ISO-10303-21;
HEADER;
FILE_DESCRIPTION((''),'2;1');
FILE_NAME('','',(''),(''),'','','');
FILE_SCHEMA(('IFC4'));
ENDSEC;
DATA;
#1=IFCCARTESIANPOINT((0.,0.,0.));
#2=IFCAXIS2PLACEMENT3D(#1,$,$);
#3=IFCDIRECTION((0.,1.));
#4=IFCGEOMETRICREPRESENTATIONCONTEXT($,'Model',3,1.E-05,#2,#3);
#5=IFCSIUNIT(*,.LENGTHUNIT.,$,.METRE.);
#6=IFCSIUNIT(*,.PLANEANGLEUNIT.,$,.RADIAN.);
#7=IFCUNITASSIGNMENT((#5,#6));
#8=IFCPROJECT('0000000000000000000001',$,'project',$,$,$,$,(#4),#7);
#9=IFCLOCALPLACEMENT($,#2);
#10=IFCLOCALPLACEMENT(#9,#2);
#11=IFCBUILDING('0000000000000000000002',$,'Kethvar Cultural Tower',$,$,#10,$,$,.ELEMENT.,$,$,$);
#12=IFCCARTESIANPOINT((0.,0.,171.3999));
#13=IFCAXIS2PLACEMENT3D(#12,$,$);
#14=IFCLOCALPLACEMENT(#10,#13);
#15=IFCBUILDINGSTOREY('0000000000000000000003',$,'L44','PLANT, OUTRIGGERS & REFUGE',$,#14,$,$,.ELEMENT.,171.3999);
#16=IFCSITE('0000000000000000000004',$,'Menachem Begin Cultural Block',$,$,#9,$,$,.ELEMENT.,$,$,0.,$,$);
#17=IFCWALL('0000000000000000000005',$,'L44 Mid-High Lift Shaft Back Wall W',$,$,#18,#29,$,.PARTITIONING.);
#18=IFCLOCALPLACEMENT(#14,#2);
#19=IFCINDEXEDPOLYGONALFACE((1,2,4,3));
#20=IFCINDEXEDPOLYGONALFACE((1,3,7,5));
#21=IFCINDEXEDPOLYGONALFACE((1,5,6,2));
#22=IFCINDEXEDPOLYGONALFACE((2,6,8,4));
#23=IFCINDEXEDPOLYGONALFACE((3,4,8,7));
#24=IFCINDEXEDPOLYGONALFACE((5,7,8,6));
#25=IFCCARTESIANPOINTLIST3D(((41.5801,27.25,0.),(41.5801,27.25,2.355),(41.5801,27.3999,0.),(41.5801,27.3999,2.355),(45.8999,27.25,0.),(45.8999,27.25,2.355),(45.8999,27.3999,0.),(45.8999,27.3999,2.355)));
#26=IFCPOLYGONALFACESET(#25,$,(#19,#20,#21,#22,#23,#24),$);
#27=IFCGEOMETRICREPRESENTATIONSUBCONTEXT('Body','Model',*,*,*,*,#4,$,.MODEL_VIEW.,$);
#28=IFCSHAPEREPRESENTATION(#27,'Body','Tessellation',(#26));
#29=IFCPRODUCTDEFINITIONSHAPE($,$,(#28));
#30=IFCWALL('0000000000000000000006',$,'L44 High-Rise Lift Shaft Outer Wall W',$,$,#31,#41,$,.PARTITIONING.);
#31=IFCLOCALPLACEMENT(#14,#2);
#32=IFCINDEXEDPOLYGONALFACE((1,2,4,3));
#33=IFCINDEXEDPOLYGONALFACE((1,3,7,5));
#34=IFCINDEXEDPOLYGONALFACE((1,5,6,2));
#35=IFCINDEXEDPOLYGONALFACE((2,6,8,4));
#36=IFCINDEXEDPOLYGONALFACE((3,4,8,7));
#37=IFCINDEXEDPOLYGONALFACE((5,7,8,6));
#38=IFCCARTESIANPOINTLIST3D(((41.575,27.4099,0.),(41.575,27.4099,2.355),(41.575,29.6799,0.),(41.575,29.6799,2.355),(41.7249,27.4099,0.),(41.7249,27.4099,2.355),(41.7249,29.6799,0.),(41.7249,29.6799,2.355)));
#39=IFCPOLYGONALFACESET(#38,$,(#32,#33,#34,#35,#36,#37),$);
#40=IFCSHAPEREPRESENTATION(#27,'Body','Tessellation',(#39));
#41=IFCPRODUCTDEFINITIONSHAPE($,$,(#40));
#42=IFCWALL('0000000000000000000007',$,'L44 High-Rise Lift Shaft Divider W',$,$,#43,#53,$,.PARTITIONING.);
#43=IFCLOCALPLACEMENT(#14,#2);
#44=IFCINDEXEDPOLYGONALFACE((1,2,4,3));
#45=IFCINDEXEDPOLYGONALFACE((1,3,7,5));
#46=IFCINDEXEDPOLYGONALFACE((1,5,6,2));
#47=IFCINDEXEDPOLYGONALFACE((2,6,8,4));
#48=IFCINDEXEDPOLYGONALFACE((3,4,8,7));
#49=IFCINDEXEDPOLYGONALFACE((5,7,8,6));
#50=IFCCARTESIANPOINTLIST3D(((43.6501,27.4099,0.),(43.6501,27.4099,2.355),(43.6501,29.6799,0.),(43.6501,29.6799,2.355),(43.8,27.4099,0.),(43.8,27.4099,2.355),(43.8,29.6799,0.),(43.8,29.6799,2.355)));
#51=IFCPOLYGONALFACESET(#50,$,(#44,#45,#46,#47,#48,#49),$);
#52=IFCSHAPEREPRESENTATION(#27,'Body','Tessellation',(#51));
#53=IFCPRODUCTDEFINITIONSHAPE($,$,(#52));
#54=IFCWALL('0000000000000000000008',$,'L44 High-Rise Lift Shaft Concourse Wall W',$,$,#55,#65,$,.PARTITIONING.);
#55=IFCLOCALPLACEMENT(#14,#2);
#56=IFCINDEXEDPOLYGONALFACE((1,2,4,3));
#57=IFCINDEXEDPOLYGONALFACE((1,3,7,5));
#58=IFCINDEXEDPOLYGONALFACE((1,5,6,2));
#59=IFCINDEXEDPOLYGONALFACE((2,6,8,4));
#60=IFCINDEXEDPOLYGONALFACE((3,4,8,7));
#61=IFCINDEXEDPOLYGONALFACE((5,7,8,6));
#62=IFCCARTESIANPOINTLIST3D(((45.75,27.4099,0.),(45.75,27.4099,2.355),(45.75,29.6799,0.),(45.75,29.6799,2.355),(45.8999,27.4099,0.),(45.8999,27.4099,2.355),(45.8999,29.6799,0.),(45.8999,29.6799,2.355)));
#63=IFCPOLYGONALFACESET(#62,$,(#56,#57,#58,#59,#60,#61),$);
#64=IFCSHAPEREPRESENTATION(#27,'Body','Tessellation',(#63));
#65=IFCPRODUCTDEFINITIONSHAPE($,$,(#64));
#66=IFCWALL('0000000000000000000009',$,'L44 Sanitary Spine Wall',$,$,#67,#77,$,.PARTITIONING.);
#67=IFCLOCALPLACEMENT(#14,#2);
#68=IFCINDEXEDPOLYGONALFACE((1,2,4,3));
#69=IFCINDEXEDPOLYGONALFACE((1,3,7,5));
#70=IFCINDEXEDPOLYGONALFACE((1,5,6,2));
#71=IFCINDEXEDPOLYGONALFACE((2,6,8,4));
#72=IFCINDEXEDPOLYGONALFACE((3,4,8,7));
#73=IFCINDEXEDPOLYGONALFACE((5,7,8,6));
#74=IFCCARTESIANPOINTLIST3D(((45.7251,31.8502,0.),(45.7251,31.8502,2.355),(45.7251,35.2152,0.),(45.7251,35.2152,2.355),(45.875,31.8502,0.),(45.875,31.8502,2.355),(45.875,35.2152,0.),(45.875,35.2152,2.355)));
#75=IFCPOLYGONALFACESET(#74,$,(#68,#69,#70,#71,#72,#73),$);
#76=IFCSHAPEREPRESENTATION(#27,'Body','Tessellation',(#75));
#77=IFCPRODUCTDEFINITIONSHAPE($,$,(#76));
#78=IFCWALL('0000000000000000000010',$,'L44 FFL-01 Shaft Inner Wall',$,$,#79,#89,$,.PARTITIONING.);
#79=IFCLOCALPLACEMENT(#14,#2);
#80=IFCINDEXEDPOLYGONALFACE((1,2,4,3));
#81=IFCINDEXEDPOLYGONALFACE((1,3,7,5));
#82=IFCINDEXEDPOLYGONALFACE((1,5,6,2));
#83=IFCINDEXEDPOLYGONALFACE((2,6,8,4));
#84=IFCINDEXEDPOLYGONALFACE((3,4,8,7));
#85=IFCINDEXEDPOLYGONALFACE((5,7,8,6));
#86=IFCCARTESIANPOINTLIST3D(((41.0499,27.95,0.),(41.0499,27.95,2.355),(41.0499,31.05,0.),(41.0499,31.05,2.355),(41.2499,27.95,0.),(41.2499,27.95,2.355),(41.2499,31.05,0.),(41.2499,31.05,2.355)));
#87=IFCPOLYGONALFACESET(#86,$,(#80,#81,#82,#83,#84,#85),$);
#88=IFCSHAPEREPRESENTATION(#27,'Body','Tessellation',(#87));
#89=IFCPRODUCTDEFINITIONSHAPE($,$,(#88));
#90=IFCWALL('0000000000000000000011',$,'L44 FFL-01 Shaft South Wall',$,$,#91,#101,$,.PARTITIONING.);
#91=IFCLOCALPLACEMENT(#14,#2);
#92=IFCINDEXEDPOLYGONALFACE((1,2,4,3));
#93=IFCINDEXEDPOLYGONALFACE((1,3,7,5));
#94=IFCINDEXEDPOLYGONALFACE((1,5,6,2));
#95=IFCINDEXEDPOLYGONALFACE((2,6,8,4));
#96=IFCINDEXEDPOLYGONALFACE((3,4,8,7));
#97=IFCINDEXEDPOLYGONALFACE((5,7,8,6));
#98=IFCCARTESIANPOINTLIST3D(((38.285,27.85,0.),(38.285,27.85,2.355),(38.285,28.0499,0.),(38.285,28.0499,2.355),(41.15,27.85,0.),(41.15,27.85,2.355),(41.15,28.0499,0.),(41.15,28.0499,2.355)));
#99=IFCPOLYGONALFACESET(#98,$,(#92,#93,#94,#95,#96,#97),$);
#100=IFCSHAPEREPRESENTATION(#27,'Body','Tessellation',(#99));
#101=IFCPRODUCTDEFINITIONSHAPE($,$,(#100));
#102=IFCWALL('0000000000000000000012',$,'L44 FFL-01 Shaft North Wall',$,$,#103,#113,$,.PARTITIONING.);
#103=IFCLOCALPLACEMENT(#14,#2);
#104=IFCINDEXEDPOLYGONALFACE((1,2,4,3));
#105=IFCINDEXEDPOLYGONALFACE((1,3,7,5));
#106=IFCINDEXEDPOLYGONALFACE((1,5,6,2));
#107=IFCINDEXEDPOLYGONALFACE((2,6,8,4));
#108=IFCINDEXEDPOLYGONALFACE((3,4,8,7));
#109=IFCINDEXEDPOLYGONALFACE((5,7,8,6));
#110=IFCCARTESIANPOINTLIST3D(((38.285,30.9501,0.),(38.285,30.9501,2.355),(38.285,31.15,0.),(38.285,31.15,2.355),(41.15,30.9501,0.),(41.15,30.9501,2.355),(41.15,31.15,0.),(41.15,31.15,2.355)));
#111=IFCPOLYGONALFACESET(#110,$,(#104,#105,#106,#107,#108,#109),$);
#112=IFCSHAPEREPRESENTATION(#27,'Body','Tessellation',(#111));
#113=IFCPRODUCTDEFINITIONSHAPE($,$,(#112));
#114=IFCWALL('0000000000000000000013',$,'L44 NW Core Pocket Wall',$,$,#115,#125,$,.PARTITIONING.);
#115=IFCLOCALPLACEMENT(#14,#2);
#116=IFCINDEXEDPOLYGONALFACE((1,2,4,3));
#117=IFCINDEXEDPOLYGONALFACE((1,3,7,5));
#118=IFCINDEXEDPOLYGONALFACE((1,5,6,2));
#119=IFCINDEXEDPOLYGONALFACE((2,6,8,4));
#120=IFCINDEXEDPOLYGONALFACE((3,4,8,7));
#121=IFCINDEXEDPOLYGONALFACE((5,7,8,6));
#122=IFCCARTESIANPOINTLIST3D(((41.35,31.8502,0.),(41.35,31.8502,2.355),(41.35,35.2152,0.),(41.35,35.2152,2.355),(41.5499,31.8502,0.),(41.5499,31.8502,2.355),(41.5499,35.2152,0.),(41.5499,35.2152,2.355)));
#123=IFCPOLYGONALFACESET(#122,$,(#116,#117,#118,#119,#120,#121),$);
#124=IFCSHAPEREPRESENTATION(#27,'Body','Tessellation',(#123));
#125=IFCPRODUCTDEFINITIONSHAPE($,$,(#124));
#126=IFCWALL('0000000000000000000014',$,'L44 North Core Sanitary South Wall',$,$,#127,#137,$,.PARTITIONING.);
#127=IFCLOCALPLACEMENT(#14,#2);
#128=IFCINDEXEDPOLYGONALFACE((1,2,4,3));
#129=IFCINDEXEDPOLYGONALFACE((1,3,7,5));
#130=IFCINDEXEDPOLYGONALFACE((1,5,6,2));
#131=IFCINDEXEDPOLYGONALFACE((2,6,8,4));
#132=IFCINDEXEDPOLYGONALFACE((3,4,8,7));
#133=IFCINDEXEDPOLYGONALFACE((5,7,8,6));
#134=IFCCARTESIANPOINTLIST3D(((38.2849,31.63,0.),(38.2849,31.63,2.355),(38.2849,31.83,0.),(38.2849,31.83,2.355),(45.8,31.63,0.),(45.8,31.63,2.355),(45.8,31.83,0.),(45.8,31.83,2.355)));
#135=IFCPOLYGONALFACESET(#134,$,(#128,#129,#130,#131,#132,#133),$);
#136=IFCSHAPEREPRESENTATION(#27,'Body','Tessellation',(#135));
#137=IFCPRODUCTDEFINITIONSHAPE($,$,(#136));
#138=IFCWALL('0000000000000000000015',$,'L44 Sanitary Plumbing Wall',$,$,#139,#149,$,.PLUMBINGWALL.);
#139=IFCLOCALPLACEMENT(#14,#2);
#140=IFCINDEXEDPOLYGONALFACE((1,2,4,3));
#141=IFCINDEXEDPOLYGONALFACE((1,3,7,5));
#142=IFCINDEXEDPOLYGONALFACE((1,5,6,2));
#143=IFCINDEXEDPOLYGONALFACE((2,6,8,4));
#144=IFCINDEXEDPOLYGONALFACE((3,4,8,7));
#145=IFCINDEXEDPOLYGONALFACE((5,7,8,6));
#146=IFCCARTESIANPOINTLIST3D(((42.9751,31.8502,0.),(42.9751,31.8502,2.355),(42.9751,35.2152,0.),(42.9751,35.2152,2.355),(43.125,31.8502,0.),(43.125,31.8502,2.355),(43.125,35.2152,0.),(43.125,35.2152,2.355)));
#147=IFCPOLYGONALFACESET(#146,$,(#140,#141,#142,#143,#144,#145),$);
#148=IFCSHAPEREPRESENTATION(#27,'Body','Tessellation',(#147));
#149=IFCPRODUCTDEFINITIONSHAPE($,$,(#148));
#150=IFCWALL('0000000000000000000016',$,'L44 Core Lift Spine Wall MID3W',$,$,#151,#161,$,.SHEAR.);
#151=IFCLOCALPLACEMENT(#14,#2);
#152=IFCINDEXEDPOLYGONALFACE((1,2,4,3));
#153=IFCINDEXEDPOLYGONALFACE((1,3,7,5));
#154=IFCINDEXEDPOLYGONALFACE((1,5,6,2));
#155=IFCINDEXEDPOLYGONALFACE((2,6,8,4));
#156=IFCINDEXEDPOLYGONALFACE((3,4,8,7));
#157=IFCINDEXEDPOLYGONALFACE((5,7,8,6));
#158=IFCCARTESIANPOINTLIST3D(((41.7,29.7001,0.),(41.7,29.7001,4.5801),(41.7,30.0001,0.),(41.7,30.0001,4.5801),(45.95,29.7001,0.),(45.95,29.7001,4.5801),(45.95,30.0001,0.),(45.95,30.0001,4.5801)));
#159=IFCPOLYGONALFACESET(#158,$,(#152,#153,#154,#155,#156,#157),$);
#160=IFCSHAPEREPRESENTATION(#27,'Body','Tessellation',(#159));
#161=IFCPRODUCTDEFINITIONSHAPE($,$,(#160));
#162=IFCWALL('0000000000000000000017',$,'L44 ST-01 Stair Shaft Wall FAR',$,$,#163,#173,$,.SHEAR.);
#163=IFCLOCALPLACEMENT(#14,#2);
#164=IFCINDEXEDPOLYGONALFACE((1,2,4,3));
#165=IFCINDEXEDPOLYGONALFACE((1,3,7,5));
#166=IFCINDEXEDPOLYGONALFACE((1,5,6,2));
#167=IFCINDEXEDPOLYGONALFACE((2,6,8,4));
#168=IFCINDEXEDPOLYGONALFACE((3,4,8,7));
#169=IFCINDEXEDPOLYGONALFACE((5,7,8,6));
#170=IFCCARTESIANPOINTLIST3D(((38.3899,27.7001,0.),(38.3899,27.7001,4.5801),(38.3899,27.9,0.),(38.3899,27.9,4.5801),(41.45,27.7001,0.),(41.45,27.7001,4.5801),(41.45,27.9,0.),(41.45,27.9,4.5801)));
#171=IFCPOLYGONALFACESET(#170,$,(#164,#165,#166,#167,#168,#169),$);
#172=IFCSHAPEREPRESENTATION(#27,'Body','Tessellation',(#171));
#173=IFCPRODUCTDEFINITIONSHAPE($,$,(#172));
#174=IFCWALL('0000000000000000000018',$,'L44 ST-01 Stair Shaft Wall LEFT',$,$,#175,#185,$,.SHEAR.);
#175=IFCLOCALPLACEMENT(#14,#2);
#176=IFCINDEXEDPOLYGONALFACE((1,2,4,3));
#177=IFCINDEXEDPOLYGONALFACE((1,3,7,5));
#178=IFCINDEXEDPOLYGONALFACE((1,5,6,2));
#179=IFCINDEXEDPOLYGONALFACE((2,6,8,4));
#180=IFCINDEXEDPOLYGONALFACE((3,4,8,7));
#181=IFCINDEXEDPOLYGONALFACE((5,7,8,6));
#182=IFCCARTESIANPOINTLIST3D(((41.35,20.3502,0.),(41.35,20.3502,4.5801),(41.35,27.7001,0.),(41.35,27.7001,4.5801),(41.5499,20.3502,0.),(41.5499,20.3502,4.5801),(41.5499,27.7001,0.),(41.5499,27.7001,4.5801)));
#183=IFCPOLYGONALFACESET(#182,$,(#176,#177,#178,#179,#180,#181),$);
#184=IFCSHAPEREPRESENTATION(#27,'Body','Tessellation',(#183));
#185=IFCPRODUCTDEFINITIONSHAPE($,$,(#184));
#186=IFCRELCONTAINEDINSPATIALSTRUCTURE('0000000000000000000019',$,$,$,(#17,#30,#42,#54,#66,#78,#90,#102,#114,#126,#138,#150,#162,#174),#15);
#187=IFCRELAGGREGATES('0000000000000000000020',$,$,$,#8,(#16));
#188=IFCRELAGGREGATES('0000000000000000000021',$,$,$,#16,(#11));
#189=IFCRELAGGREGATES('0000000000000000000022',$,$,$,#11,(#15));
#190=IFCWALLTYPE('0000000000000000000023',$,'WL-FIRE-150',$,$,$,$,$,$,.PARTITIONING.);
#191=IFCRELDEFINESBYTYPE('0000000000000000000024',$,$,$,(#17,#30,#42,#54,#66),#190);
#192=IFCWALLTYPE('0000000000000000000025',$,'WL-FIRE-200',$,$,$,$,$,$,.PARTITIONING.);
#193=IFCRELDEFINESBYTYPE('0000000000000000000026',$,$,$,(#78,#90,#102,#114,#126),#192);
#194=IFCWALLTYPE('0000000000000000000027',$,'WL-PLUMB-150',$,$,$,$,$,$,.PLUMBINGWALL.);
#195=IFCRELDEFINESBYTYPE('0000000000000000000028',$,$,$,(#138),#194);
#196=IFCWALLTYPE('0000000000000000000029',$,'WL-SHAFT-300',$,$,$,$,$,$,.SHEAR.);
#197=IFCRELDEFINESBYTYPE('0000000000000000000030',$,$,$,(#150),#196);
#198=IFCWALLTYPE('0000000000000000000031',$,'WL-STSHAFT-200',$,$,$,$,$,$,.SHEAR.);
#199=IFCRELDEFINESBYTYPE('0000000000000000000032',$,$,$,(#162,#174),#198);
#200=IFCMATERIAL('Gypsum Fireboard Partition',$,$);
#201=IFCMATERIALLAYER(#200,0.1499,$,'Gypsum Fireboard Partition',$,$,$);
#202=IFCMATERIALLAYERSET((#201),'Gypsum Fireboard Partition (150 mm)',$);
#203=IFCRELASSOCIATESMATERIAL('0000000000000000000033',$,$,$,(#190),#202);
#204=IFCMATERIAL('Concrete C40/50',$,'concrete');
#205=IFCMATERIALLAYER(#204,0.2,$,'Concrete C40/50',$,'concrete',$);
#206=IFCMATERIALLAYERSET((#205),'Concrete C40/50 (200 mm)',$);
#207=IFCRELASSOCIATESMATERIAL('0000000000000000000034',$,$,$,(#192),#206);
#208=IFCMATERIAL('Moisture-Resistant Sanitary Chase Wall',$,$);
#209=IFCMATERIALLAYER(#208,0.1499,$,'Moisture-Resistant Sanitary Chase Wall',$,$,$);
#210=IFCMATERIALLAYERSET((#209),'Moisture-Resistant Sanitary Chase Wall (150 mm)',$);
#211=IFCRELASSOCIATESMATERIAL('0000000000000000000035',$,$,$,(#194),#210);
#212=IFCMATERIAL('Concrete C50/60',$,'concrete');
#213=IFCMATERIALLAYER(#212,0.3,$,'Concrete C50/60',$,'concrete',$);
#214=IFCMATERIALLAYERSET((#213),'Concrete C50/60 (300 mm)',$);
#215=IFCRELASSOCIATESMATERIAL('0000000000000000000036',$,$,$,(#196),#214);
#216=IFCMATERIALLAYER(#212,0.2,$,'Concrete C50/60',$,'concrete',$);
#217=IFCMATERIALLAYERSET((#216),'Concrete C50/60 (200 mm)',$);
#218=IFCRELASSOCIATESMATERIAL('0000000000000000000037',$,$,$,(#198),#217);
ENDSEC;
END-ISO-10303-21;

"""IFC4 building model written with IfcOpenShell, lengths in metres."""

from ifc_helpers import new_model, si_unit, direction, frame, frame_2d, origin, place, context, subcontext, project, spatial, rectangle, extrude, material, layer, layer_set, type_object, element, save


model = new_model("IFC4")

# Units and contexts
model_context = context("Model", 3, precision=1e-05, world=origin(), true_north=direction((0.0, 1.0)))
body_context = subcontext(model_context, "Body", "Model", "MODEL_VIEW")
ifc_project = project(units=[si_unit("LENGTHUNIT", "METRE"), si_unit("PLANEANGLEUNIT", "RADIAN")], contexts=[model_context])

# Site, building, storey
site_placement = place(None, origin())
site = spatial("IfcSite", under=ifc_project, at=site_placement, Name="Menachem Begin Cultural Block", CompositionType="ELEMENT", RefElevation=0.0)
building_placement = place(site_placement, origin())
building = spatial("IfcBuilding", under=site, at=building_placement, Name="Kethvar Cultural Tower", CompositionType="ELEMENT")
storey_placement = place(building_placement, frame((0.0, 0.0, 171.3999)))
storey = spatial("IfcBuildingStorey", under=building, at=storey_placement, Name="L44", Description="PLANT, OUTRIGGERS & REFUGE", CompositionType="ELEMENT", Elevation=171.3999)

# Walls
ifc_material_1 = material(Name="Gypsum Fireboard Partition")
ifc_layer_1 = layer(ifc_material_1, 0.1499, Name="Gypsum Fireboard Partition")
ifc_layer_set_1 = layer_set([ifc_layer_1], Name="Gypsum Fireboard Partition (150 mm)")
wall_type_1 = type_object("IfcWallType", Name="WL-FIRE-150", PredefinedType="PARTITIONING", material=ifc_layer_set_1)
wall_1_placement = place(storey_placement, frame((41.5801, 27.325, 0.0), z_axis=(0.0, 0.0, 1.0), x_axis=(1.0, 0.0, 0.0)))
element("IfcWall", 1, at=wall_1_placement, inside=storey, type_object=wall_type_1, Name="L44 Mid-High Lift Shaft Back Wall W", PredefinedType="PARTITIONING", context=body_context, shape_type="SweptSolid", body=[
    extrude(rectangle(XDim=4.3198, YDim=0.1499, at=frame_2d((2.1599, 0.0))), origin(), (0.0, 0.0, 1.0), 2.355),
])
for number, where, z_axis, x_axis, name in (
    (2, (41.6499, 27.4099, 0.0), (0.0, 0.0, 1.0), (0.0, 1.0, 0.0), "L44 High-Rise Lift Shaft Outer Wall W"),
    (3, (43.7251, 27.4099, 0.0), (0.0, 0.0, 1.0), (0.0, 1.0, 0.0), "L44 High-Rise Lift Shaft Divider W"),
    (4, (45.825, 27.4099, 0.0), (0.0, 0.0, 1.0), (0.0, 1.0, 0.0), "L44 High-Rise Lift Shaft Concourse Wall W"),
):
    element("IfcWall", number, at=place(storey_placement, frame(where, z_axis=z_axis, x_axis=x_axis)), inside=storey, type_object=wall_type_1, Name=name, PredefinedType="PARTITIONING", context=body_context, shape_type="SweptSolid", body=[
        extrude(rectangle(XDim=2.27, YDim=0.1499, at=frame_2d((1.135, 0.0))), origin(), (0.0, 0.0, 1.0), 2.355),
    ])
wall_2_placement = place(storey_placement, frame((45.8, 31.8501, 0.0), z_axis=(0.0, 0.0, 1.0), x_axis=(0.0, 1.0, 0.0)))
element("IfcWall", 5, at=wall_2_placement, inside=storey, type_object=wall_type_1, Name="L44 Sanitary Spine Wall", PredefinedType="PARTITIONING", context=body_context, shape_type="SweptSolid", body=[
    extrude(rectangle(XDim=3.365, YDim=0.1499, at=frame_2d((1.6826, 0.0))), origin(), (0.0, 0.0, 1.0), 2.355),
])
ifc_material_2 = material(Name="Concrete C40/50", Category="concrete")
ifc_layer_2 = layer(ifc_material_2, 0.2, Name="Concrete C40/50", Category="concrete")
ifc_layer_set_2 = layer_set([ifc_layer_2], Name="Concrete C40/50 (200 mm)")
wall_type_2 = type_object("IfcWallType", Name="WL-FIRE-200", PredefinedType="PARTITIONING", material=ifc_layer_set_2)
wall_3_placement = place(storey_placement, frame((41.1499, 27.95, 0.0), z_axis=(0.0, 0.0, 1.0), x_axis=(0.0, 1.0, 0.0)))
element("IfcWall", 6, at=wall_3_placement, inside=storey, type_object=wall_type_2, Name="L44 FFL-01 Shaft Inner Wall", PredefinedType="PARTITIONING", context=body_context, shape_type="SweptSolid", body=[
    extrude(rectangle(XDim=3.1001, YDim=0.2, at=frame_2d((1.55, 0.0))), origin(), (0.0, 0.0, 1.0), 2.355),
])
for number, where, z_axis, x_axis, name in (
    (7, (38.2849, 27.95, 0.0), (0.0, 0.0, 1.0), (1.0, 0.0, 0.0), "L44 FFL-01 Shaft South Wall"),
    (8, (38.2849, 31.05, 0.0), (0.0, 0.0, 1.0), (1.0, 0.0, 0.0), "L44 FFL-01 Shaft North Wall"),
):
    element("IfcWall", number, at=place(storey_placement, frame(where, z_axis=z_axis, x_axis=x_axis)), inside=storey, type_object=wall_type_2, Name=name, PredefinedType="PARTITIONING", context=body_context, shape_type="SweptSolid", body=[
        extrude(rectangle(XDim=2.865, YDim=0.2, at=frame_2d((1.4326, 0.0))), origin(), (0.0, 0.0, 1.0), 2.355),
    ])
wall_4_placement = place(storey_placement, frame((41.45, 31.8501, 0.0), z_axis=(0.0, 0.0, 1.0), x_axis=(0.0, 1.0, 0.0)))
element("IfcWall", 9, at=wall_4_placement, inside=storey, type_object=wall_type_2, Name="L44 NW Core Pocket Wall", PredefinedType="PARTITIONING", context=body_context, shape_type="SweptSolid", body=[
    extrude(rectangle(XDim=3.365, YDim=0.2, at=frame_2d((1.6826, 0.0))), origin(), (0.0, 0.0, 1.0), 2.355),
])
wall_5_placement = place(storey_placement, frame((38.2849, 31.73, 0.0), z_axis=(0.0, 0.0, 1.0), x_axis=(1.0, 0.0, 0.0)))
element("IfcWall", 10, at=wall_5_placement, inside=storey, type_object=wall_type_2, Name="L44 North Core Sanitary South Wall", PredefinedType="PARTITIONING", context=body_context, shape_type="SweptSolid", body=[
    extrude(rectangle(XDim=7.5151, YDim=0.2, at=frame_2d((3.7576, 0.0))), origin(), (0.0, 0.0, 1.0), 2.355),
])
ifc_material_3 = material(Name="Moisture-Resistant Sanitary Chase Wall")
ifc_layer_3 = layer(ifc_material_3, 0.1499, Name="Moisture-Resistant Sanitary Chase Wall")
ifc_layer_set_3 = layer_set([ifc_layer_3], Name="Moisture-Resistant Sanitary Chase Wall (150 mm)")
wall_type_3 = type_object("IfcWallType", Name="WL-PLUMB-150", PredefinedType="PLUMBINGWALL", material=ifc_layer_set_3)
wall_6_placement = place(storey_placement, frame((43.05, 31.8501, 0.0), z_axis=(0.0, 0.0, 1.0), x_axis=(0.0, 1.0, 0.0)))
element("IfcWall", 11, at=wall_6_placement, inside=storey, type_object=wall_type_3, Name="L44 Sanitary Plumbing Wall", PredefinedType="PLUMBINGWALL", context=body_context, shape_type="SweptSolid", body=[
    extrude(rectangle(XDim=3.365, YDim=0.1499, at=frame_2d((1.6826, 0.0))), origin(), (0.0, 0.0, 1.0), 2.355),
])
ifc_material_4 = material(Name="Concrete C50/60", Category="concrete")
ifc_layer_4 = layer(ifc_material_4, 0.3, Name="Concrete C50/60", Category="concrete")
ifc_layer_set_4 = layer_set([ifc_layer_4], Name="Concrete C50/60 (300 mm)")
wall_type_4 = type_object("IfcWallType", Name="WL-SHAFT-300", PredefinedType="SHEAR", material=ifc_layer_set_4)
wall_7_placement = place(storey_placement, frame((41.7, 29.8501, 0.0), z_axis=(0.0, 0.0, 1.0), x_axis=(1.0, 0.0, 0.0)))
element("IfcWall", 12, at=wall_7_placement, inside=storey, type_object=wall_type_4, Name="L44 Core Lift Spine Wall MID3W", PredefinedType="SHEAR", context=body_context, shape_type="SweptSolid", body=[
    extrude(rectangle(XDim=4.25, YDim=0.3, at=frame_2d((2.125, 0.0))), origin(), (0.0, 0.0, 1.0), 4.5801),
])
ifc_layer_5 = layer(ifc_material_4, 0.2, Name="Concrete C50/60", Category="concrete")
ifc_layer_set_5 = layer_set([ifc_layer_5], Name="Concrete C50/60 (200 mm)")
wall_type_5 = type_object("IfcWallType", Name="WL-STSHAFT-200", PredefinedType="SHEAR", material=ifc_layer_set_5)
wall_8_placement = place(storey_placement, frame((38.3899, 27.8, 0.0), z_axis=(0.0, 0.0, 1.0), x_axis=(1.0, 0.0, 0.0)))
element("IfcWall", 13, at=wall_8_placement, inside=storey, type_object=wall_type_5, Name="L44 ST-01 Stair Shaft Wall FAR", PredefinedType="SHEAR", context=body_context, shape_type="SweptSolid", body=[
    extrude(rectangle(XDim=3.0601, YDim=0.2, at=frame_2d((1.53, 0.0))), origin(), (0.0, 0.0, 1.0), 4.5801),
])
wall_9_placement = place(storey_placement, frame((41.45, 27.7, 0.0), z_axis=(0.0, 0.0, 1.0), x_axis=(0.0, -1.0, 0.0)))
element("IfcWall", 14, at=wall_9_placement, inside=storey, type_object=wall_type_5, Name="L44 ST-01 Stair Shaft Wall LEFT", PredefinedType="SHEAR", context=body_context, shape_type="SweptSolid", body=[
    extrude(rectangle(XDim=7.3499, YDim=0.2, at=frame_2d((3.6748, 0.0))), origin(), (0.0, 0.0, 1.0), 4.5801),
])

save(model, "model.ifc")
